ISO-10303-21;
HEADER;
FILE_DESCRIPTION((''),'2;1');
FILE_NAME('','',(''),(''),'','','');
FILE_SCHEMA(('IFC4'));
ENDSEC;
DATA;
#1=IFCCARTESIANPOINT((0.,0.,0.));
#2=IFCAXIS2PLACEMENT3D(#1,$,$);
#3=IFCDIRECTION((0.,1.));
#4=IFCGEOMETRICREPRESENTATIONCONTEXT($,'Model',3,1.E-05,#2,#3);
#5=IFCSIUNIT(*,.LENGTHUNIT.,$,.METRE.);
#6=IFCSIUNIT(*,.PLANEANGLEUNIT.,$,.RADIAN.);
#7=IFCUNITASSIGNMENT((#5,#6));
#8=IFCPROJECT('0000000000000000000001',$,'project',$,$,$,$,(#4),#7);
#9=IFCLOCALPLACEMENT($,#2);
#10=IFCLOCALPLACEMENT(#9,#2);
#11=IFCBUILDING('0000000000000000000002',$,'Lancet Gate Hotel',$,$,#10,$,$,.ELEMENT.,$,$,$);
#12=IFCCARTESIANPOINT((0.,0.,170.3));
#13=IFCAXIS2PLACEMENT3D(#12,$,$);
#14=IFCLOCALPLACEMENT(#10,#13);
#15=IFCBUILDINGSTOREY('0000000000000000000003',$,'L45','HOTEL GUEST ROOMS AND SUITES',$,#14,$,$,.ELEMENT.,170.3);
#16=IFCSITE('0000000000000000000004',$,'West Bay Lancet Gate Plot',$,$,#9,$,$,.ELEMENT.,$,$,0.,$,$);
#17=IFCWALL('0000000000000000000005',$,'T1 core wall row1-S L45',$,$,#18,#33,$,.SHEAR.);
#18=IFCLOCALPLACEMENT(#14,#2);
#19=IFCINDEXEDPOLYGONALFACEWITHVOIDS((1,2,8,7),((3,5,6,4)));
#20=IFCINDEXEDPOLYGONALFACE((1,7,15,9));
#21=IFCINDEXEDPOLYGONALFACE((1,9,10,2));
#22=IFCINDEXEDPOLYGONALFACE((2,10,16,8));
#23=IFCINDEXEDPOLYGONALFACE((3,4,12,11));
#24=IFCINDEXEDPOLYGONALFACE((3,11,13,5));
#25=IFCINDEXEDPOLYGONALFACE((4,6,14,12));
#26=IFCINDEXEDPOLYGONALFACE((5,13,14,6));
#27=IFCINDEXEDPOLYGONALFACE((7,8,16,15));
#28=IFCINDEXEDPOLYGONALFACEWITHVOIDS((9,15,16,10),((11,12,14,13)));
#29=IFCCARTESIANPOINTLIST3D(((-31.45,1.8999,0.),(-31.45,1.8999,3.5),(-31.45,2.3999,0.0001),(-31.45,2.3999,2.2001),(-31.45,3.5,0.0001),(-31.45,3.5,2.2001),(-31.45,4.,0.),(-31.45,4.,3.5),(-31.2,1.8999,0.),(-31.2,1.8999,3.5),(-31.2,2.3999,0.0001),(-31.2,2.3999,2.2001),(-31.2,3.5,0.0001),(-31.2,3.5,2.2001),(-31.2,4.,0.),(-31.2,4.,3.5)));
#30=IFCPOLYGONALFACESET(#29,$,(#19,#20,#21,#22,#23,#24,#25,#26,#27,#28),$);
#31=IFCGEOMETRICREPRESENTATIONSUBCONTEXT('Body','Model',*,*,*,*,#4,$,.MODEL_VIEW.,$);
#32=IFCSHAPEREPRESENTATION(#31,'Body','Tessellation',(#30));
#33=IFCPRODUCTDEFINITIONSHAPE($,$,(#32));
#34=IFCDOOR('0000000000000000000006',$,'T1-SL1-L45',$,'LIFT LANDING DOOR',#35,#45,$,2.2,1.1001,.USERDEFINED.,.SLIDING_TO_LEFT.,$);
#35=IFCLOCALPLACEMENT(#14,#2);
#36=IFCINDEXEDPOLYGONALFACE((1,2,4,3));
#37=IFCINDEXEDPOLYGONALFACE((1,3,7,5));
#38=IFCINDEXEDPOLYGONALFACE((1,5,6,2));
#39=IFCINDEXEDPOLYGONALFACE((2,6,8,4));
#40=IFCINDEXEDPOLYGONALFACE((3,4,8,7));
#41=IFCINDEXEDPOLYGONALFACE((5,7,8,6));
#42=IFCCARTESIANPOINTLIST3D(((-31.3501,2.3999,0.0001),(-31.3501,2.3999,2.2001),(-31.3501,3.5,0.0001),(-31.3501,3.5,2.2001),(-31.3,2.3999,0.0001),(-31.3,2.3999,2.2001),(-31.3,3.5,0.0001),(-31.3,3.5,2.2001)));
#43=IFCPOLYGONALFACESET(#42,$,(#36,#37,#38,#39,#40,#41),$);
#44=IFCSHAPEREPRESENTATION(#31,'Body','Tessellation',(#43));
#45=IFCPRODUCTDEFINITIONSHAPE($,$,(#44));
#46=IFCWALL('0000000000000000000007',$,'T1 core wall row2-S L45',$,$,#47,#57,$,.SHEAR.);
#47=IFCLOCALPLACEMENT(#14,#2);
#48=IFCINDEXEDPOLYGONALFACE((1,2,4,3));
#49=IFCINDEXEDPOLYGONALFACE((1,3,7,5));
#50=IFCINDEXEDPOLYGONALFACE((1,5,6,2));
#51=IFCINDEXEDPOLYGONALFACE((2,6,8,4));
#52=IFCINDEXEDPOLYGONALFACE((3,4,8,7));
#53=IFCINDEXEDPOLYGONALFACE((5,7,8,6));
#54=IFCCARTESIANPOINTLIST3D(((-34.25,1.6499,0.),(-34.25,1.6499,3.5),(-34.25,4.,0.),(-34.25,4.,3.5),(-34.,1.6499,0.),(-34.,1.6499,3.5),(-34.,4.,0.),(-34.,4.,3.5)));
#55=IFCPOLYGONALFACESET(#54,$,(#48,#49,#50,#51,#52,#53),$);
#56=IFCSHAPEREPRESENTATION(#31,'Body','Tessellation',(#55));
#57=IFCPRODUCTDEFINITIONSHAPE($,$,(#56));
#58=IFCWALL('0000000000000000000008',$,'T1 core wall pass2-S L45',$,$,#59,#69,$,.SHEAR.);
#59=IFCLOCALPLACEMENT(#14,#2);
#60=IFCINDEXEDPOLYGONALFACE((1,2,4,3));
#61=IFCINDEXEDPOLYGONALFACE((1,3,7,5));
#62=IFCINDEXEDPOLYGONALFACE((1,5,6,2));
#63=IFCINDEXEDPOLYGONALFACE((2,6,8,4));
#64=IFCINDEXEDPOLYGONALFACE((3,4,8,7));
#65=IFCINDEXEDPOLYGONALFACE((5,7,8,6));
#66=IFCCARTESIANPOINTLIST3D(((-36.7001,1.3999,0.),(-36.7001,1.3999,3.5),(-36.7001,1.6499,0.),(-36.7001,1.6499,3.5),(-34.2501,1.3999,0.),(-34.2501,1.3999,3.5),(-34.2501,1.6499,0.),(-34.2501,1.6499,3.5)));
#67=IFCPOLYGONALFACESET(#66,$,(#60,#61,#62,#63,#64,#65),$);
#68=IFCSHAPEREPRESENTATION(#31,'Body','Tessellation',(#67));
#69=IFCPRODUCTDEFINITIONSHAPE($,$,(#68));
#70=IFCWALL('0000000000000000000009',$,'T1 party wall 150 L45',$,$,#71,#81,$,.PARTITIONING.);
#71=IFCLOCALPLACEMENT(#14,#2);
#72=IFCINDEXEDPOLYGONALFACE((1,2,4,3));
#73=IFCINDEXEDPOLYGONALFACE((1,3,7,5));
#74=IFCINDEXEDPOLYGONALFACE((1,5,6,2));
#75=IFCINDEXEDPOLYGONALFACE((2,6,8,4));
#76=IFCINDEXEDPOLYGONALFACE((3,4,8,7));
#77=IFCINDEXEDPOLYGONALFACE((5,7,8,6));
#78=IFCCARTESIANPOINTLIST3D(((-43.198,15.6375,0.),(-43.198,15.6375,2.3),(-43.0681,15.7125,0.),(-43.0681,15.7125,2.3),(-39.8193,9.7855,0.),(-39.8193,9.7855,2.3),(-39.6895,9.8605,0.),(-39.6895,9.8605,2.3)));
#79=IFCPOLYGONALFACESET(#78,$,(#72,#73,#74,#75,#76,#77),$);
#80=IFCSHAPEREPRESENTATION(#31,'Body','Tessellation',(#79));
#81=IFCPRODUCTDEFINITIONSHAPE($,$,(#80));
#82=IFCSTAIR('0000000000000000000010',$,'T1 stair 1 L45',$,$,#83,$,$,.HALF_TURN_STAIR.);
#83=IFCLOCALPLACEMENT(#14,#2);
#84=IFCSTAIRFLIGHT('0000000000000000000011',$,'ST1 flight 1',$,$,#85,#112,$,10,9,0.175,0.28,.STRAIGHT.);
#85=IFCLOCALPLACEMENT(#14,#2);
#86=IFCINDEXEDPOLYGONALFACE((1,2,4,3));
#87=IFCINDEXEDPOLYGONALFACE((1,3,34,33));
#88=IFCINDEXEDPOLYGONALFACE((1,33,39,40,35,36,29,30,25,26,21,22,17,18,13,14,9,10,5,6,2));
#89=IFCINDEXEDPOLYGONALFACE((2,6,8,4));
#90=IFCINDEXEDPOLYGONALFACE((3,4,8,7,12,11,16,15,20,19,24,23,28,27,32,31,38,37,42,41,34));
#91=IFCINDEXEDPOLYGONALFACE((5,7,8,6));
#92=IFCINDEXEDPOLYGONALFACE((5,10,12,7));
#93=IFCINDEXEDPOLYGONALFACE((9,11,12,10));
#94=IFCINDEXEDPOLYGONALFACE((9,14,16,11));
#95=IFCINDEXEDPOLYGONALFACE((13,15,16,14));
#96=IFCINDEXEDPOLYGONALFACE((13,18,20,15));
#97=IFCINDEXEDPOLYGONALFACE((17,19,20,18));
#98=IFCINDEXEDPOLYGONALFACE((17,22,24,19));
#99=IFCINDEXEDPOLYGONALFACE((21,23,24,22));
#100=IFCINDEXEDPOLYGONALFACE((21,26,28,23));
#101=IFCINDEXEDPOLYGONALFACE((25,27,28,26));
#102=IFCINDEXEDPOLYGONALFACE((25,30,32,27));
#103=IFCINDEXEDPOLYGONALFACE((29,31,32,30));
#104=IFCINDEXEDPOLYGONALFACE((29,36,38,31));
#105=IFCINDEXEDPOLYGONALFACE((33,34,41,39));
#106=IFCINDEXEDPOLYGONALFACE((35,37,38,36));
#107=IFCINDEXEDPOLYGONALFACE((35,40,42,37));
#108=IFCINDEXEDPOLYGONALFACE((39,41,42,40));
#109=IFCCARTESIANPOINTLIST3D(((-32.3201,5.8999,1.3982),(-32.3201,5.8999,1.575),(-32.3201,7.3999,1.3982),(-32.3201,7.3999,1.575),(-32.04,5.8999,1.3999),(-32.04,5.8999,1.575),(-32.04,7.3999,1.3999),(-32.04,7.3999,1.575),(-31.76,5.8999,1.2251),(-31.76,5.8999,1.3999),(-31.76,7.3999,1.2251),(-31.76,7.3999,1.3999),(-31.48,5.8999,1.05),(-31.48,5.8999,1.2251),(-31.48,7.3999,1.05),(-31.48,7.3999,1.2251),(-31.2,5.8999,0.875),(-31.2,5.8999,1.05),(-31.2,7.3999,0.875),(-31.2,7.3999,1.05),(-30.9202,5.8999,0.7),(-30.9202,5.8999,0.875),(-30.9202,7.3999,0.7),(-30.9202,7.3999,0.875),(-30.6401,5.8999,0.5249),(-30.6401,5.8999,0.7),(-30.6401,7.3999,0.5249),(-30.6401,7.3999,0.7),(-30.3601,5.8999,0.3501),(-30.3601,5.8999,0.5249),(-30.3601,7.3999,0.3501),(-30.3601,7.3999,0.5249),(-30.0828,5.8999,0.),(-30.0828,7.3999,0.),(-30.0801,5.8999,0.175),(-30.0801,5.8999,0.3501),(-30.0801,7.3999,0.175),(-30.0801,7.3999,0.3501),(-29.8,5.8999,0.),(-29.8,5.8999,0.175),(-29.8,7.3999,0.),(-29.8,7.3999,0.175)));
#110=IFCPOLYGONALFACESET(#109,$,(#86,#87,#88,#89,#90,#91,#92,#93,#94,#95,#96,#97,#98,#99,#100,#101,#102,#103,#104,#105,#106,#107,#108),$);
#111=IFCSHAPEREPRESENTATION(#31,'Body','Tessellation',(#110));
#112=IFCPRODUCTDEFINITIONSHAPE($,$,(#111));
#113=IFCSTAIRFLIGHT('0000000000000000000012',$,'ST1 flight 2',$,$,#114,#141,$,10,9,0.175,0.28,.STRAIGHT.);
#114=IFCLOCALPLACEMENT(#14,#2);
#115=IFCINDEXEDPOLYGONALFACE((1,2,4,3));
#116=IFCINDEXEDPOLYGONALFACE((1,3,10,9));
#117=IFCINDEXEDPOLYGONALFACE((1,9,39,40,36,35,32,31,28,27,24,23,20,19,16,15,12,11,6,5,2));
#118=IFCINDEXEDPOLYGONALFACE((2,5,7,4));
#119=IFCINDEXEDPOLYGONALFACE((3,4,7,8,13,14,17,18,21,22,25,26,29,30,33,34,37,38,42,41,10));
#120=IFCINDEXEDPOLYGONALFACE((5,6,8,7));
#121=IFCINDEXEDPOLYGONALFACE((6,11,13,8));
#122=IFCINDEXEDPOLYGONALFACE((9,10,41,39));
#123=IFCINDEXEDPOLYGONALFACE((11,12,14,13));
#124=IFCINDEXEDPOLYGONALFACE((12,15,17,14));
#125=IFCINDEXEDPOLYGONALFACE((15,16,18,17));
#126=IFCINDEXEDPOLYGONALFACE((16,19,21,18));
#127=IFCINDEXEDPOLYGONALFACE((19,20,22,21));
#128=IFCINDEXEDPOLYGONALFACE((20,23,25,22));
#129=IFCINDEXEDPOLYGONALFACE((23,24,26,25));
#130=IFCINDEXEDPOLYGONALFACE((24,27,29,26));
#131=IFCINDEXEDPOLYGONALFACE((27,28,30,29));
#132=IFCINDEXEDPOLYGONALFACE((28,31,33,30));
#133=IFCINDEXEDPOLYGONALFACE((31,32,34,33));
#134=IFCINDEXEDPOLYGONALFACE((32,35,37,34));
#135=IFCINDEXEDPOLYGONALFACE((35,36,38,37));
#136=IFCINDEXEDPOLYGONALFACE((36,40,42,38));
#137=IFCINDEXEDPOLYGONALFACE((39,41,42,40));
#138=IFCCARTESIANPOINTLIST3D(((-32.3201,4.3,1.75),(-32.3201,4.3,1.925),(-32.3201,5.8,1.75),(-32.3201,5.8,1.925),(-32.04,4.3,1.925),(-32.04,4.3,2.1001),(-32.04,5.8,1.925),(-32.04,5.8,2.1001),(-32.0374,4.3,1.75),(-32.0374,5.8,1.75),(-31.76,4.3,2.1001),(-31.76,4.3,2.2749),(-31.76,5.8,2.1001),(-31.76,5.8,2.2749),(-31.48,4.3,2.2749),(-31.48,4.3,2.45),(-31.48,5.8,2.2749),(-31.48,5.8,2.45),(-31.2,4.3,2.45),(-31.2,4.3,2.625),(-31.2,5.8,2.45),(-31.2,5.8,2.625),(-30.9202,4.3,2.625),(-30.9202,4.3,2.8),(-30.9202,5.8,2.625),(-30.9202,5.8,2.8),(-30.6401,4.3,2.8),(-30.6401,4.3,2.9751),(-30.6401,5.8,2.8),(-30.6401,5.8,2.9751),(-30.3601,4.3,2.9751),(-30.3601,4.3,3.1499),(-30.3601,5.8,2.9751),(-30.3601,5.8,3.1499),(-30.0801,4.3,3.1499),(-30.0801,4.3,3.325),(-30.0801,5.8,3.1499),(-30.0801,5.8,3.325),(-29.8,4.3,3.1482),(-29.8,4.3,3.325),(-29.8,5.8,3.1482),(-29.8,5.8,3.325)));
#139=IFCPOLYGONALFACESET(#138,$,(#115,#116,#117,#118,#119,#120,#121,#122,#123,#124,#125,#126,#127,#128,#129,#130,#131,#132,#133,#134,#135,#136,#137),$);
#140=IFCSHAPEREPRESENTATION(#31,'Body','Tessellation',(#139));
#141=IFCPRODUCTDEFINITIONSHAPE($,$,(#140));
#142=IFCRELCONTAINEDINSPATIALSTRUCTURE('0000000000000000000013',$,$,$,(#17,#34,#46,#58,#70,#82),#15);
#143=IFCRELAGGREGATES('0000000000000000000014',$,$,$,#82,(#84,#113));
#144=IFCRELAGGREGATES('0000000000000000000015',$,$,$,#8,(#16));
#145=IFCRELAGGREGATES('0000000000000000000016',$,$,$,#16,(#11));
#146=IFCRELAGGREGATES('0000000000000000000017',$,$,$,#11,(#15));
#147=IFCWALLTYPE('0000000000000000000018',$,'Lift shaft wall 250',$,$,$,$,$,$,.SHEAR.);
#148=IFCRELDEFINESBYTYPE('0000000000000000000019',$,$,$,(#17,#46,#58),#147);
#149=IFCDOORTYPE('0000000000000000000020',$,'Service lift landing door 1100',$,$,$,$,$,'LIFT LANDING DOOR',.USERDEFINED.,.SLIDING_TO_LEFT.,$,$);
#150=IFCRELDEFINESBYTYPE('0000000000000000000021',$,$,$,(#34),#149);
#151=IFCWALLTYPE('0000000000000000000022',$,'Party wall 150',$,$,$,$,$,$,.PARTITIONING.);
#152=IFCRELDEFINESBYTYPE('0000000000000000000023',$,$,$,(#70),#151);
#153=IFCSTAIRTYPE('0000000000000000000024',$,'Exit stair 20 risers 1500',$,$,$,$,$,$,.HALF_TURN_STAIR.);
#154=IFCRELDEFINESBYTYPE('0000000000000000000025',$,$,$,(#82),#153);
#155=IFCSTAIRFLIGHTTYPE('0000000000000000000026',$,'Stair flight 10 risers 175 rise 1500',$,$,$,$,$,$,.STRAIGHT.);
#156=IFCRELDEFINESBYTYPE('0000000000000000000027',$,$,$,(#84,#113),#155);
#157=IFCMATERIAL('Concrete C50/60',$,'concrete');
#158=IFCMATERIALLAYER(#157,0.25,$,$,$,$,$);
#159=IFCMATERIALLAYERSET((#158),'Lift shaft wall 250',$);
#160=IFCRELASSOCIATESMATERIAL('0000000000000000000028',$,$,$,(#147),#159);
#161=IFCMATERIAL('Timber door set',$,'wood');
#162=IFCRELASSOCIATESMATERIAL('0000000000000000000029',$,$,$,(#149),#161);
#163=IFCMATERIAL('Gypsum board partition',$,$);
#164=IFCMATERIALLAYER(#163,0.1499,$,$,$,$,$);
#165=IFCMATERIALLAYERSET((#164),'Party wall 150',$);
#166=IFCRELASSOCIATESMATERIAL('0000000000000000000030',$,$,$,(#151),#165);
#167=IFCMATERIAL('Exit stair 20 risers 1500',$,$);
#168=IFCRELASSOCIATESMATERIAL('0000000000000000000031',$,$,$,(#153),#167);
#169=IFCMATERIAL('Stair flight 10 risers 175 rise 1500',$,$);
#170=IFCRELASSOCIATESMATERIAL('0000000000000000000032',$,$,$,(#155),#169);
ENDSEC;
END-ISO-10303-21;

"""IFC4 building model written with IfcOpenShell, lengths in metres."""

from ifc_helpers import new_model, si_unit, direction, frame, frame_2d, origin, place, context, subcontext, project, spatial, polyline, rectangle, outline, extrude, material, layer, layer_set, type_object, element, fill, aggregate, save


model = new_model("IFC4")

# Units and contexts
model_context = context("Model", 3, precision=1e-05, world=origin(), true_north=direction((0.0, 1.0)))
body_context = subcontext(model_context, "Body", "Model", "MODEL_VIEW")
ifc_project = project(units=[si_unit("LENGTHUNIT", "METRE"), si_unit("PLANEANGLEUNIT", "RADIAN")], contexts=[model_context])

# Site, building, storey
site_placement = place(None, origin())
site = spatial("IfcSite", under=ifc_project, at=site_placement, Name="West Bay Lancet Gate Plot", CompositionType="ELEMENT", RefElevation=0.0)
building_placement = place(site_placement, origin())
building = spatial("IfcBuilding", under=site, at=building_placement, Name="Lancet Gate Hotel", CompositionType="ELEMENT")
storey_placement = place(building_placement, frame((0.0, 0.0, 170.3)))
storey = spatial("IfcBuildingStorey", under=building, at=storey_placement, Name="L45", Description="HOTEL GUEST ROOMS AND SUITES", CompositionType="ELEMENT", Elevation=170.3)

# Wall, opening, door
ifc_material_1 = material(Name="Concrete C50/60", Category="concrete")
ifc_layer_1 = layer(ifc_material_1, 0.25)
ifc_layer_set_1 = layer_set([ifc_layer_1], Name="Lift shaft wall 250")
wall_type_1 = type_object("IfcWallType", Name="Lift shaft wall 250", PredefinedType="SHEAR", material=ifc_layer_set_1)
wall_1_placement = place(storey_placement, frame((-31.325, 4.0, 0.0), z_axis=(0.0, 0.0, 1.0), x_axis=(0.0, -1.0, 0.0)))
wall_1 = element("IfcWall", 1, at=wall_1_placement, inside=storey, type_object=wall_type_1, Name="T1 core wall row1-S L45", PredefinedType="SHEAR", context=body_context, shape_type="SweptSolid", body=[
    extrude(rectangle(XDim=2.1001, YDim=0.25, at=frame_2d((1.05, 0.0))), origin(), (0.0, 0.0, 1.0), 3.5),
])
opening_1_placement = place(wall_1_placement, frame((0.5, 0.0, 0.0)))
opening_1 = element("IfcOpeningElement", 2, at=opening_1_placement, cuts=wall_1, PredefinedType="OPENING", context=body_context, shape_type="SweptSolid", body=[
    extrude(rectangle(XDim=1.1001, YDim=2.2, at=frame_2d((0.55, 1.1001))), frame((0.0, 0.135, 0.0), z_axis=(0.0, -1.0, 0.0), x_axis=(1.0, 0.0, 0.0)), (0.0, 0.0, 1.0), 0.27),
])
ifc_material_2 = material(Name="Timber door set", Category="wood")
door_type_1 = type_object("IfcDoorType", Name="Service lift landing door 1100", ElementType="LIFT LANDING DOOR", OperationType="SLIDING_TO_LEFT", PredefinedType="USERDEFINED", material=ifc_material_2)
door_1_placement = place(opening_1_placement, origin())
door_1 = element("IfcDoor", 3, at=door_1_placement, inside=storey, type_object=door_type_1, Name="T1-SL1-L45", ObjectType="LIFT LANDING DOOR", OperationType="SLIDING_TO_LEFT", OverallHeight=2.2, OverallWidth=1.1001, PredefinedType="USERDEFINED", context=body_context, shape_type="SweptSolid", body=[
    extrude(rectangle(XDim=1.1001, YDim=2.2, at=frame_2d((0.55, 1.1001))), frame((0.0, 0.0249, 0.0), z_axis=(0.0, -1.0, 0.0), x_axis=(1.0, 0.0, 0.0)), (0.0, 0.0, 1.0), 0.05),
])
fill(opening_1, door_1)

# Walls
wall_2_placement = place(storey_placement, frame((-34.125, 4.0, 0.0), z_axis=(0.0, 0.0, 1.0), x_axis=(0.0, -1.0, 0.0)))
element("IfcWall", 4, at=wall_2_placement, inside=storey, type_object=wall_type_1, Name="T1 core wall row2-S L45", PredefinedType="SHEAR", context=body_context, shape_type="SweptSolid", body=[
    extrude(rectangle(XDim=2.3501, YDim=0.25, at=frame_2d((1.175, 0.0))), origin(), (0.0, 0.0, 1.0), 3.5),
])
wall_3_placement = place(storey_placement, frame((-34.25, 1.5249, 0.0), z_axis=(0.0, 0.0, 1.0), x_axis=(-1.0, 0.0, 0.0)))
element("IfcWall", 5, at=wall_3_placement, inside=storey, type_object=wall_type_1, Name="T1 core wall pass2-S L45", PredefinedType="SHEAR", context=body_context, shape_type="SweptSolid", body=[
    extrude(rectangle(XDim=2.45, YDim=0.25, at=frame_2d((1.2251, 0.0))), origin(), (0.0, 0.0, 1.0), 3.5),
])
ifc_material_3 = material(Name="Gypsum board partition")
ifc_layer_2 = layer(ifc_material_3, 0.1499)
ifc_layer_set_2 = layer_set([ifc_layer_2], Name="Party wall 150")
wall_type_2 = type_object("IfcWallType", Name="Party wall 150", PredefinedType="PARTITIONING", material=ifc_layer_set_2)
wall_4_placement = place(storey_placement, frame((-39.7544, 9.823, 0.0), z_axis=(0.0, 0.0, 1.0), x_axis=(-0.499998, 0.866027, 0.0)))
element("IfcWall", 6, at=wall_4_placement, inside=storey, type_object=wall_type_2, Name="T1 party wall 150 L45", PredefinedType="PARTITIONING", context=body_context, shape_type="SweptSolid", body=[
    extrude(rectangle(XDim=6.7573, YDim=0.1499, at=frame_2d((3.3787, 0.0))), origin(), (0.0, 0.0, 1.0), 2.3),
])

# Stair, stair flights
ifc_material_4 = material(Name="Exit stair 20 risers 1500")
stair_type = type_object("IfcStairType", Name="Exit stair 20 risers 1500", PredefinedType="HALF_TURN_STAIR", material=ifc_material_4)
stair_placement = place(storey_placement, origin())
stair = element("IfcStair", 7, at=stair_placement, inside=storey, type_object=stair_type, Name="T1 stair 1 L45", PredefinedType="HALF_TURN_STAIR")
ifc_material_5 = material(Name="Stair flight 10 risers 175 rise 1500")
stair_flight_type = type_object("IfcStairFlightType", Name="Stair flight 10 risers 175 rise 1500", PredefinedType="STRAIGHT", material=ifc_material_5)
stair_flight_1_placement = place(storey_placement, frame((-29.8, 6.6499, 0.0), z_axis=(0.0, 0.0, 1.0), x_axis=(-1.0, 0.0, 0.0)))
stair_flight_1 = element("IfcStairFlight", 8, at=stair_flight_1_placement, type_object=stair_flight_type, Name="ST1 flight 1", NumberOfRisers=10, NumberOfTreads=9, PredefinedType="STRAIGHT", RiserHeight=0.175, TreadLength=0.28, context=body_context, shape_type="SweptSolid", body=[
    extrude(outline(polyline([(0.0, 0.0), (0.0, 0.175), (0.28, 0.175), (0.28, 0.3501), (0.5601, 0.3501), (0.5601, 0.5249), (0.8401, 0.5249), (0.8401, 0.7), (1.1201, 0.7), (1.1201, 0.875), (1.3999, 0.875), (1.3999, 1.05), (1.6799, 1.05), (1.6799, 1.2251), (1.96, 1.2251), (1.96, 1.3999), (2.24, 1.3999), (2.24, 1.575), (2.52, 1.575), (2.52, 1.75), (2.52, 1.3982), (0.2827, 0.0), (0.0, 0.0)])), frame((0.0, 0.75, 0.0), z_axis=(0.0, -1.0, 0.0), x_axis=(1.0, 0.0, 0.0)), (0.0, 0.0, 1.0), 1.5),
])
stair_flight_2_placement = place(storey_placement, frame((-32.3201, 5.05, 1.75), z_axis=(0.0, 0.0, 1.0), x_axis=(1.0, 0.0, 0.0)))
stair_flight_2 = element("IfcStairFlight", 9, at=stair_flight_2_placement, type_object=stair_flight_type, Name="ST1 flight 2", NumberOfRisers=10, NumberOfTreads=9, PredefinedType="STRAIGHT", RiserHeight=0.175, TreadLength=0.28, context=body_context, shape_type="SweptSolid", body=[
    extrude(outline(polyline([(0.0, 0.0), (0.0, 0.175), (0.28, 0.175), (0.28, 0.3501), (0.5601, 0.3501), (0.5601, 0.5249), (0.8401, 0.5249), (0.8401, 0.7), (1.1201, 0.7), (1.1201, 0.875), (1.3999, 0.875), (1.3999, 1.05), (1.6799, 1.05), (1.6799, 1.2251), (1.96, 1.2251), (1.96, 1.3999), (2.24, 1.3999), (2.24, 1.575), (2.52, 1.575), (2.52, 1.75), (2.52, 1.3982), (0.2827, 0.0), (0.0, 0.0)])), frame((0.0, 0.75, 0.0), z_axis=(0.0, -1.0, 0.0), x_axis=(1.0, 0.0, 0.0)), (0.0, 0.0, 1.0), 1.5),
])
aggregate(stair, [stair_flight_1, stair_flight_2])

save(model, "model.ifc")
